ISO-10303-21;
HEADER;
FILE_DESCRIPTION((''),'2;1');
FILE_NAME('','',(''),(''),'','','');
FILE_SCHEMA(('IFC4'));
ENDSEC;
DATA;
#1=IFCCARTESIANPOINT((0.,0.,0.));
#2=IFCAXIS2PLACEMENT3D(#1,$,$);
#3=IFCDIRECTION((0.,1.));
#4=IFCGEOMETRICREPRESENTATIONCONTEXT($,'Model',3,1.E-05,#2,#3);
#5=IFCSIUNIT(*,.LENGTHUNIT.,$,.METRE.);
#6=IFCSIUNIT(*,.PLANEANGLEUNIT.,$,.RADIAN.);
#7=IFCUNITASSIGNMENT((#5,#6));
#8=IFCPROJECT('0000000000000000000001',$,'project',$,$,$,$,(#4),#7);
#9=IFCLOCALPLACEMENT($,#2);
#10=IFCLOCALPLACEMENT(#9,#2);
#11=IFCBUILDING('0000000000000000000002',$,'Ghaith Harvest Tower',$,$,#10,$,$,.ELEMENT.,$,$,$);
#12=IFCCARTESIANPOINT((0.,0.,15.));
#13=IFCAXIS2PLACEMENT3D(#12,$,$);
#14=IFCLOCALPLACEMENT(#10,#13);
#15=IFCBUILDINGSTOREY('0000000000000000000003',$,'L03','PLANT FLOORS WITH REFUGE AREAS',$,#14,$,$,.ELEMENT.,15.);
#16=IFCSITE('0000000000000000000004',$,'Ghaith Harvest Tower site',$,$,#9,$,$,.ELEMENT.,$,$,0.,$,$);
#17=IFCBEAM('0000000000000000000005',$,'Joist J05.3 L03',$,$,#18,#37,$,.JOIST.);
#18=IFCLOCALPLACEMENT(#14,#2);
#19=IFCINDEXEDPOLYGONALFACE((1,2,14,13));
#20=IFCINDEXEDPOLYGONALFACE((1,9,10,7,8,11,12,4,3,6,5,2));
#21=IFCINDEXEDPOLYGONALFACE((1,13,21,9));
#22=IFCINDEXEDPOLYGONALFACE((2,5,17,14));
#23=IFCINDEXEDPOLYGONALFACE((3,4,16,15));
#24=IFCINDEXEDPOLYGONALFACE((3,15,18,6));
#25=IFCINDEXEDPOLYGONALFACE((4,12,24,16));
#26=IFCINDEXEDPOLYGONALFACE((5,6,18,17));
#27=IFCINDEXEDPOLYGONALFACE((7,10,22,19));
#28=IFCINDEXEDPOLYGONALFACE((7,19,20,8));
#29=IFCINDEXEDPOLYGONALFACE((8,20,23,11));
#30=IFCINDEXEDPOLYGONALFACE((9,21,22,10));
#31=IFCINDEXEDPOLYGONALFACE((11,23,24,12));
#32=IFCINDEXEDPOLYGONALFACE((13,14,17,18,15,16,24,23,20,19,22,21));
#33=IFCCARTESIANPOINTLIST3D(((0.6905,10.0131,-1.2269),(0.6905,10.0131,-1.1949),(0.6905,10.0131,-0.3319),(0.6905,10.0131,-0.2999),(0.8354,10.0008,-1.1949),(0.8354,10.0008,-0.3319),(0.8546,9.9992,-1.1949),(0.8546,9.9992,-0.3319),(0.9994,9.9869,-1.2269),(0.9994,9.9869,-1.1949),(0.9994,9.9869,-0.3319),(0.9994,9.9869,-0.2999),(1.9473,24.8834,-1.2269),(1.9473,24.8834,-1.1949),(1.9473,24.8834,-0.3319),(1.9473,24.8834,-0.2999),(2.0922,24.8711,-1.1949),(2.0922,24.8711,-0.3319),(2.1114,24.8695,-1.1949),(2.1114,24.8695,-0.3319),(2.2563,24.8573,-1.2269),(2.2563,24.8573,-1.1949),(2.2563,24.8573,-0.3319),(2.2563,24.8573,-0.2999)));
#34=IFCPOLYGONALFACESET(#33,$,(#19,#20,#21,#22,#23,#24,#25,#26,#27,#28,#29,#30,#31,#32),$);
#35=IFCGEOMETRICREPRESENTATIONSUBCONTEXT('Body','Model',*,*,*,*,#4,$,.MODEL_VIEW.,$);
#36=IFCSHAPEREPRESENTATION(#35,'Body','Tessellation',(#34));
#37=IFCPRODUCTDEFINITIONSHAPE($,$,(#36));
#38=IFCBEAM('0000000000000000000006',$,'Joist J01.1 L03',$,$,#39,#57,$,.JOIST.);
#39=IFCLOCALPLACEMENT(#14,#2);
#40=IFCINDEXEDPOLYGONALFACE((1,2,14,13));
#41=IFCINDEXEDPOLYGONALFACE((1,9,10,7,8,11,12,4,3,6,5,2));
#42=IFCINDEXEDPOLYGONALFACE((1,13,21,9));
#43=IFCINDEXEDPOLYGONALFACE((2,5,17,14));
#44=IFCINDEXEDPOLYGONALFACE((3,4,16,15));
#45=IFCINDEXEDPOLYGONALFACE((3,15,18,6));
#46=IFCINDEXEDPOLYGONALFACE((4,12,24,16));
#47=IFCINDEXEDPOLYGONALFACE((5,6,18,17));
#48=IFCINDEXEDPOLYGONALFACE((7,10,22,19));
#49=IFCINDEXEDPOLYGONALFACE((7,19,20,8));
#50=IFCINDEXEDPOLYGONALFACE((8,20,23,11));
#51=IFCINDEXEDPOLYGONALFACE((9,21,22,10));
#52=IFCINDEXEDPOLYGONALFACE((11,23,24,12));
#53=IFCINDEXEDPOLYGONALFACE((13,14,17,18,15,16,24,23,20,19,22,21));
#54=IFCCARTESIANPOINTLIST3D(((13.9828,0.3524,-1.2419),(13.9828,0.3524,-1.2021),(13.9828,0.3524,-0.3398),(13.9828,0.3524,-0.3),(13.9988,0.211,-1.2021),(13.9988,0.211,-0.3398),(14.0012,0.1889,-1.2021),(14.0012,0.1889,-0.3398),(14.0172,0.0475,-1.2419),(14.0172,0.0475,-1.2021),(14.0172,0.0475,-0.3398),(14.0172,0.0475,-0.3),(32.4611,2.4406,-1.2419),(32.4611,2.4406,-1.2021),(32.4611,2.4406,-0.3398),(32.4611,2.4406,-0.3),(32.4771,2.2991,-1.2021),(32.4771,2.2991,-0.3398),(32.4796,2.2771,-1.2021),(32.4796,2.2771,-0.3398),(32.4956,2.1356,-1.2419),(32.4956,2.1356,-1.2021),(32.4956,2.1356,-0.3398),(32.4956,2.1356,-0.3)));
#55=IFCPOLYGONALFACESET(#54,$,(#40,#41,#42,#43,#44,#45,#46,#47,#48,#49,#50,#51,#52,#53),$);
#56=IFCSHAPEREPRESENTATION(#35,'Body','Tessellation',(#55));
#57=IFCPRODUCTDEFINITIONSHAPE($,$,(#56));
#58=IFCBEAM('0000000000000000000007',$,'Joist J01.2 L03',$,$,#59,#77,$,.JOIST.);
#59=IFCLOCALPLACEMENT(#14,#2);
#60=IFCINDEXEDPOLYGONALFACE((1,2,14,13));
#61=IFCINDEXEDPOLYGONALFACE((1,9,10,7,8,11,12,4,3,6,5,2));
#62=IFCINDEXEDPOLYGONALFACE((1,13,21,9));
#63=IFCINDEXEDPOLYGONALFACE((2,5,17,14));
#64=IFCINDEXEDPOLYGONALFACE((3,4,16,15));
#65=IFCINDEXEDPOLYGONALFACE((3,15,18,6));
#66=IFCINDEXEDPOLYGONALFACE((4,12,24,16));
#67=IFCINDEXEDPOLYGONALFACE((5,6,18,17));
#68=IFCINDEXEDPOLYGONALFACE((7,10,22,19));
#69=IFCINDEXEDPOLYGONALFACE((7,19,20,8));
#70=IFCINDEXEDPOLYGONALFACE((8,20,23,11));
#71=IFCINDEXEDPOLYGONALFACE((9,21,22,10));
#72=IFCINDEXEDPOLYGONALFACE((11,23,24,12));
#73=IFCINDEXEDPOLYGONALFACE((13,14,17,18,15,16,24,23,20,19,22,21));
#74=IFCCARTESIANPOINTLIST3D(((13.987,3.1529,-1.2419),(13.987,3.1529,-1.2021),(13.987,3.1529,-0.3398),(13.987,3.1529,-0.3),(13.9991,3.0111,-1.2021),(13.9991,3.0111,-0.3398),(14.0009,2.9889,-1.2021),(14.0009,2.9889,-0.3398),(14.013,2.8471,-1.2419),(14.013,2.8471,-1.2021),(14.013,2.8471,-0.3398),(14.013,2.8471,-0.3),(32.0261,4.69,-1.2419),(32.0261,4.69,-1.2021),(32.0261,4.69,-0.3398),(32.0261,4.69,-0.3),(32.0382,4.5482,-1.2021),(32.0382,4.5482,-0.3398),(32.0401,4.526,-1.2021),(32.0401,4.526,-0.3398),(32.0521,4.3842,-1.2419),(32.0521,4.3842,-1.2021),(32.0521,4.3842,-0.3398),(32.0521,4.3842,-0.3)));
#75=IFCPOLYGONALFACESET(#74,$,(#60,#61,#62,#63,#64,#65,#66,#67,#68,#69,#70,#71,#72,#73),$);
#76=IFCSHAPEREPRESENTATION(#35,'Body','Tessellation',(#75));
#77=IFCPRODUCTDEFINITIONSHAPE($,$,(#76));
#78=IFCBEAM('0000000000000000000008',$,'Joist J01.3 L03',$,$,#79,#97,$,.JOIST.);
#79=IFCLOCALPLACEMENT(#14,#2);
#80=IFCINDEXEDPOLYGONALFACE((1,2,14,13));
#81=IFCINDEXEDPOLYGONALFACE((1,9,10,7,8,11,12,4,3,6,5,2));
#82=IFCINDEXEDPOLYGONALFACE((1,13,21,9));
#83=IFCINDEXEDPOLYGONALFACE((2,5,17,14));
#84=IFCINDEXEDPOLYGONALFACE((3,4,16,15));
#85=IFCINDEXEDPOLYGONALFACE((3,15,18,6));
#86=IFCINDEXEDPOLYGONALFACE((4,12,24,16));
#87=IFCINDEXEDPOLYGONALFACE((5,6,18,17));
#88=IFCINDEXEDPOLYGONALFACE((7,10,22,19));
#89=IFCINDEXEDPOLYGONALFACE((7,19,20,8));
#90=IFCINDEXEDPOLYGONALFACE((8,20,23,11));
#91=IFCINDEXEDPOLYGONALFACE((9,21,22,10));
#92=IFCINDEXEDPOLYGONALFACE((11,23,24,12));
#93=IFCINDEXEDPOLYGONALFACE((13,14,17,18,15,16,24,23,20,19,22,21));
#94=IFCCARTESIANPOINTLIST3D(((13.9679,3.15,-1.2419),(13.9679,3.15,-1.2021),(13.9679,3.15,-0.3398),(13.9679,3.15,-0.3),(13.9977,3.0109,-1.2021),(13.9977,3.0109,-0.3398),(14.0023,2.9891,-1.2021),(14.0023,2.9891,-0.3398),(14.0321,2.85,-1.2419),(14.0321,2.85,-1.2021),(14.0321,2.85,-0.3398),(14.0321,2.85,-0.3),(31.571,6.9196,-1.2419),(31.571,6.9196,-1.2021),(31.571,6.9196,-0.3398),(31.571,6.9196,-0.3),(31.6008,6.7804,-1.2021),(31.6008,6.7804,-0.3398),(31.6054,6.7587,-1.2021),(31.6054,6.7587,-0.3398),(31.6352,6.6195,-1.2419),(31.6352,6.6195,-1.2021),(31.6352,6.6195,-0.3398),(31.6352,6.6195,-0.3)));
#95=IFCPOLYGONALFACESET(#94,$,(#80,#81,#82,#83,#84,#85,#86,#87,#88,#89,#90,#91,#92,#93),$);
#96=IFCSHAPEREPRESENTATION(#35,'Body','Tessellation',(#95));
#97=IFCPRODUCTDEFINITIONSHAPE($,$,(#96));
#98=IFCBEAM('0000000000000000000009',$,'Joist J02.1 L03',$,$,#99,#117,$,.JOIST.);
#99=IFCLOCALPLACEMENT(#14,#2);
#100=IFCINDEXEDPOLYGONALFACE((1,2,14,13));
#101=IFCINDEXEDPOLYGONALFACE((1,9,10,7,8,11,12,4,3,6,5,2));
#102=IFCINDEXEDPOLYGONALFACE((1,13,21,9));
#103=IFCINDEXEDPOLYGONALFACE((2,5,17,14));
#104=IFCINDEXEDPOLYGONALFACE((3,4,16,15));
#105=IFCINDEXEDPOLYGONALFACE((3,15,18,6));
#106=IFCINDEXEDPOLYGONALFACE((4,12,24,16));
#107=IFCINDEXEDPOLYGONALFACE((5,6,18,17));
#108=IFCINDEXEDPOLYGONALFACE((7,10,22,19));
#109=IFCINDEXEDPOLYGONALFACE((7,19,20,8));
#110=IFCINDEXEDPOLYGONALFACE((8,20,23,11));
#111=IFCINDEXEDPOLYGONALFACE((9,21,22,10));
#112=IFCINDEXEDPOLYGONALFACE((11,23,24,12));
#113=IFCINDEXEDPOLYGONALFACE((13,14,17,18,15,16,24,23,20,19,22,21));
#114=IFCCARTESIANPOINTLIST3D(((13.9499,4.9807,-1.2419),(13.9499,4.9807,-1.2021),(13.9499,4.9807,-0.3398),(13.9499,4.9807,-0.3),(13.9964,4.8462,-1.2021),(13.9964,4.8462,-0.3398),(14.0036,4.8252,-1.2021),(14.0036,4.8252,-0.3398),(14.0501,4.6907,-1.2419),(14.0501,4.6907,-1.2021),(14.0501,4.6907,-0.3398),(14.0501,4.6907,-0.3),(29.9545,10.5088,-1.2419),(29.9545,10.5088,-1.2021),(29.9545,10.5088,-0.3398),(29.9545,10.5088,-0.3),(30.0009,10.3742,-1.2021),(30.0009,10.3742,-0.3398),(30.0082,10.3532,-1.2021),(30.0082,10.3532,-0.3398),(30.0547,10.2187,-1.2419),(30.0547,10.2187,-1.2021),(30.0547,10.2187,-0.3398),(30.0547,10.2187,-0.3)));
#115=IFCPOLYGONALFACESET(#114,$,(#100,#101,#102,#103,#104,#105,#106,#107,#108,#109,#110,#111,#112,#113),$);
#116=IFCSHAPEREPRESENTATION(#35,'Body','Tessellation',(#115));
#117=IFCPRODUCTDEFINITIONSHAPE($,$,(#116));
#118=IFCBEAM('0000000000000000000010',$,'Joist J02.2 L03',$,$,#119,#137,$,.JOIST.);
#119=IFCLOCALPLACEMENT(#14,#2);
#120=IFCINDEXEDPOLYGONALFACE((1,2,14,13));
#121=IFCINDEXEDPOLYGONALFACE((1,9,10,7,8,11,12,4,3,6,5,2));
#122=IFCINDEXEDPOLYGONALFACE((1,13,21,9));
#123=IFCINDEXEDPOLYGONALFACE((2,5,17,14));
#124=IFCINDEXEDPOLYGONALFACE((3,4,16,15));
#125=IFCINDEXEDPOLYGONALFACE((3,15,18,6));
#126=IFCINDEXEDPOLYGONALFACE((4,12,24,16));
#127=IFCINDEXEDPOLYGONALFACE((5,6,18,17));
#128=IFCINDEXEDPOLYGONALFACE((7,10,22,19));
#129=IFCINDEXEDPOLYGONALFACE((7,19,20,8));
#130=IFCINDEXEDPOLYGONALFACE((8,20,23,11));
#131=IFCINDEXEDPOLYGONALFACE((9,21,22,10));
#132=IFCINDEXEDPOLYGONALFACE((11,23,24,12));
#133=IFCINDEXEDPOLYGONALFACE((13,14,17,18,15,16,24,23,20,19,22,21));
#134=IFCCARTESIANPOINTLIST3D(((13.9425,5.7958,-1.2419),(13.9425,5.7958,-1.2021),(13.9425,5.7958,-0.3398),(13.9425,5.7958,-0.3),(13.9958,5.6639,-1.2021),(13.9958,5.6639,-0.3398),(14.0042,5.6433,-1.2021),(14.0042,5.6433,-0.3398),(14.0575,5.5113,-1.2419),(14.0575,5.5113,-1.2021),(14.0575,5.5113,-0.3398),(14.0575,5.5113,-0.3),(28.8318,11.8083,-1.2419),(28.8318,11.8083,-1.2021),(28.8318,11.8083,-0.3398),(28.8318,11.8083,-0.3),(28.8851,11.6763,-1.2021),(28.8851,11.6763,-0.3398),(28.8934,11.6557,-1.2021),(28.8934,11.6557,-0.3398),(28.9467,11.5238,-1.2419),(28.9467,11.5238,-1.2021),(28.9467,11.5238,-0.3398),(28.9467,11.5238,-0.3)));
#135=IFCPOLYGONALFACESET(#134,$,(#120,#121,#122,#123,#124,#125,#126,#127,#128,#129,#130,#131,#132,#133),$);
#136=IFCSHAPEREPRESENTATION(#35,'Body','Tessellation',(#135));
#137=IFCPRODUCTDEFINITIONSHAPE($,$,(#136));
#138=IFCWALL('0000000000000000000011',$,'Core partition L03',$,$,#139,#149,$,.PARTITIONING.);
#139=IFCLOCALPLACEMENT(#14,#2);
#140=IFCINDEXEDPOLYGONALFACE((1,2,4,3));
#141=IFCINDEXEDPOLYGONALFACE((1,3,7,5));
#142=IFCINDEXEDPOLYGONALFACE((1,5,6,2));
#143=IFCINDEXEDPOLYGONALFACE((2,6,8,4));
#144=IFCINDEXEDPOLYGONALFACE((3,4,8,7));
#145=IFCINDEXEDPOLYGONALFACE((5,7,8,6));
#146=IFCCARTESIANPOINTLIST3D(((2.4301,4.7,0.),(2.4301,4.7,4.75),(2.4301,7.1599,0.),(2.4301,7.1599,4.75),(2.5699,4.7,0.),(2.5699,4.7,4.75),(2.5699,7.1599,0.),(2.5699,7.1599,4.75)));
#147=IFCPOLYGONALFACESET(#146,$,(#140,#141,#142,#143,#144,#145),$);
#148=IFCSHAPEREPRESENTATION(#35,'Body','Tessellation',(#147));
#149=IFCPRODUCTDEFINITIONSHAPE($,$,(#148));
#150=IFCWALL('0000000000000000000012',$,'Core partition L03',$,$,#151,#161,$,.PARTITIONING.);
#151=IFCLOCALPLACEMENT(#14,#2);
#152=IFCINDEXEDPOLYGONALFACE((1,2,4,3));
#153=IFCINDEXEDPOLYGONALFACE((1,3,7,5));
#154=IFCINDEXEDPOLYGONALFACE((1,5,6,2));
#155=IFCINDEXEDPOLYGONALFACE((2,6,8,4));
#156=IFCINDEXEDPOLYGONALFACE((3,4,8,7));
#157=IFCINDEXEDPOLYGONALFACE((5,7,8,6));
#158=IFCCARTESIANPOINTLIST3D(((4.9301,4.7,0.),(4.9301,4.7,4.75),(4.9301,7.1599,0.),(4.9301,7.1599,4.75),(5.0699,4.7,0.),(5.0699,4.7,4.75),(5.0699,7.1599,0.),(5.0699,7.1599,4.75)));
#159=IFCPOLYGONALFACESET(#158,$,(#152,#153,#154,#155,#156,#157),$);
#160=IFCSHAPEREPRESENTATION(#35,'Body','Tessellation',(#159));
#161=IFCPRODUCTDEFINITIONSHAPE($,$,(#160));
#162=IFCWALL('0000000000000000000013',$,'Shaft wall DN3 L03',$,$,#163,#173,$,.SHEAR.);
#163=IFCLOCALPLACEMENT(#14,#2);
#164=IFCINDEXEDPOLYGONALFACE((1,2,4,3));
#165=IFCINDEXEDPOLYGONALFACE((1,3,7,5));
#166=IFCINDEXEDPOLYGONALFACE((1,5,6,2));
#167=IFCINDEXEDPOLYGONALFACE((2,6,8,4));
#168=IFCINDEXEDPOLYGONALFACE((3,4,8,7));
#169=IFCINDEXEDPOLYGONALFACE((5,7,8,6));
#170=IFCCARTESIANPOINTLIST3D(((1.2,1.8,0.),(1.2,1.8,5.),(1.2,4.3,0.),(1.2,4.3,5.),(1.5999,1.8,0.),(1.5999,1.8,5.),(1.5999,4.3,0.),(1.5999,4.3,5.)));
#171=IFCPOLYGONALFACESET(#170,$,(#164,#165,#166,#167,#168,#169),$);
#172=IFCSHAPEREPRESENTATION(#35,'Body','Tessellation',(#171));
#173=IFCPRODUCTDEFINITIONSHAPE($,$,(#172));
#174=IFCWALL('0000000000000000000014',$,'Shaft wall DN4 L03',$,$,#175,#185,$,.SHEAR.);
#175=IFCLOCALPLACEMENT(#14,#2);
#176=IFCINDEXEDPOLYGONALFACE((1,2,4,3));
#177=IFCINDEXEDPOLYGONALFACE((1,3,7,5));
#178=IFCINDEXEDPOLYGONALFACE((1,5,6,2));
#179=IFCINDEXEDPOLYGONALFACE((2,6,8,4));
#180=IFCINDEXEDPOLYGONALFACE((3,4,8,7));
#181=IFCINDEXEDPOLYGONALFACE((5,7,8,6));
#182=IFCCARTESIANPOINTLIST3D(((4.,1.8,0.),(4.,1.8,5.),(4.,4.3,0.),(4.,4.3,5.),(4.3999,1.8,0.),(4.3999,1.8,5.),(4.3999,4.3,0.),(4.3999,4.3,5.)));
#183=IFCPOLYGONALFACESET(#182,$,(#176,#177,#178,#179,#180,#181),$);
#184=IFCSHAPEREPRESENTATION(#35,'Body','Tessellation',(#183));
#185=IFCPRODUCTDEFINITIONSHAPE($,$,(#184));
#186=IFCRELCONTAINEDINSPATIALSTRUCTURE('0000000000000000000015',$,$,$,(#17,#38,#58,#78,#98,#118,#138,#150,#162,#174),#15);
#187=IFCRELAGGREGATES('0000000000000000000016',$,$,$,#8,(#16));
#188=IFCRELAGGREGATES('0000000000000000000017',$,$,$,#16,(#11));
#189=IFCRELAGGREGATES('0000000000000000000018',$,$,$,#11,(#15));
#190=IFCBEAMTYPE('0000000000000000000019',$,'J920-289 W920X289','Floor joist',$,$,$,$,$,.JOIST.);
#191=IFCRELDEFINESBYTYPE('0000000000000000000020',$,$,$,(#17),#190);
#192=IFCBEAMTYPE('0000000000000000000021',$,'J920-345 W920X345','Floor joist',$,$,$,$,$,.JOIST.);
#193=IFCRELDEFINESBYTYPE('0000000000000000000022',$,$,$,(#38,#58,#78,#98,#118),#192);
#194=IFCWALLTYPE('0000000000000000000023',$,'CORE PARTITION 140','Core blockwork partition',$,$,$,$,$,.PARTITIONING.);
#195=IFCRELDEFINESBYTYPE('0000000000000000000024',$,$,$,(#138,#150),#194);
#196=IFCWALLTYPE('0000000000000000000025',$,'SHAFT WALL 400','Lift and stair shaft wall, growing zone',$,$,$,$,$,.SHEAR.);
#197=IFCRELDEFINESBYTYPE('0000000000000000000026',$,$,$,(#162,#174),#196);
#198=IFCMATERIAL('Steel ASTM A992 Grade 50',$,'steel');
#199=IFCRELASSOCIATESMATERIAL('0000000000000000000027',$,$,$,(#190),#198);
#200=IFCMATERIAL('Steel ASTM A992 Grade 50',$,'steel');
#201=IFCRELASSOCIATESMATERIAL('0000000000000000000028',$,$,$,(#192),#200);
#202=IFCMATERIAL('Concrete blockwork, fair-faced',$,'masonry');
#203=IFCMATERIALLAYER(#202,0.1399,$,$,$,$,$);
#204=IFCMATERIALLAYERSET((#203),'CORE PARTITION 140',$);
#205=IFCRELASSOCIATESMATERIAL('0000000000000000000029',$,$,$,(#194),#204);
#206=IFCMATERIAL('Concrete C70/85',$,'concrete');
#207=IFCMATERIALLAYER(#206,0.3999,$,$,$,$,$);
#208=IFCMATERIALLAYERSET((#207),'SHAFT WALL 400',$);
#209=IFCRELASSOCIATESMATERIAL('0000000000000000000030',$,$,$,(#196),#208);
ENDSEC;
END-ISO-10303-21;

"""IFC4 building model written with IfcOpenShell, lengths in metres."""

from ifc_helpers import new_model, si_unit, direction, frame, frame_2d, origin, origin_2d, place, context, subcontext, project, spatial, rectangle, i_section, extrude, material, layer, layer_set, material_profile, profile_set, type_object, element, save


model = new_model("IFC4")

# Units and contexts
model_context = context("Model", 3, precision=1e-05, world=origin(), true_north=direction((0.0, 1.0)))
body_context = subcontext(model_context, "Body", "Model", "MODEL_VIEW")
ifc_project = project(units=[si_unit("LENGTHUNIT", "METRE"), si_unit("PLANEANGLEUNIT", "RADIAN")], contexts=[model_context])

# Site, building, storey
site_placement = place(None, origin())
site = spatial("IfcSite", under=ifc_project, at=site_placement, Name="Ghaith Harvest Tower site", CompositionType="ELEMENT", RefElevation=0.0)
building_placement = place(site_placement, origin())
building = spatial("IfcBuilding", under=site, at=building_placement, Name="Ghaith Harvest Tower", CompositionType="ELEMENT")
storey_placement = place(building_placement, frame((0.0, 0.0, 15.0)))
storey = spatial("IfcBuildingStorey", under=building, at=storey_placement, Name="L03", Description="PLANT FLOORS WITH REFUGE AREAS", CompositionType="ELEMENT", Elevation=15.0)

# Beams
ifc_material_1 = material(Name="Steel ASTM A992 Grade 50", Category="steel")
ifc_material_profile_1 = material_profile(ifc_material_1, i_section(OverallWidth=0.3101, OverallDepth=0.927, WebThickness=0.0193, FlangeThickness=0.032, at=origin_2d()), Name="W920X289")
ifc_profile_set_1 = profile_set([ifc_material_profile_1], Name="Steel ASTM A992 Grade 50")
beam_type_1 = type_object("IfcBeamType", Name="J920-289 W920X289", Description="Floor joist", PredefinedType="JOIST", material=ifc_profile_set_1)
beam_1_placement = place(storey_placement, frame((0.845, 10.0, -0.7634), z_axis=(0.084219, 0.996447, 0.0), x_axis=(-0.996447, 0.084219, 0.0)))
element("IfcBeam", 1, at=beam_1_placement, inside=storey, type_object=beam_type_1, Name="Joist J05.3 L03", PredefinedType="JOIST", context=body_context, shape_type="SweptSolid", body=[
    extrude(i_section(OverallWidth=0.3101, OverallDepth=0.927, WebThickness=0.0193, FlangeThickness=0.032, at=origin_2d()), origin(), (0.0, 0.0, 1.0), 14.9233),
])
ifc_material_2 = material(Name="Steel ASTM A992 Grade 50", Category="steel")
ifc_material_profile_2 = material_profile(ifc_material_2, i_section(OverallWidth=0.3069, OverallDepth=0.9419, WebThickness=0.0222, FlangeThickness=0.0398, at=origin_2d()), Name="W920X345")
ifc_profile_set_2 = profile_set([ifc_material_profile_2], Name="Steel ASTM A992 Grade 50")
beam_type_2 = type_object("IfcBeamType", Name="J920-345 W920X345", Description="Floor joist", PredefinedType="JOIST", material=ifc_profile_set_2)
beam_2_placement = place(storey_placement, frame((14.0, 0.2, -0.771), z_axis=(0.993675, 0.11229, 0.0), x_axis=(-0.11229, 0.993675, 0.0)))
element("IfcBeam", 2, at=beam_2_placement, inside=storey, type_object=beam_type_2, Name="Joist J01.1 L03", PredefinedType="JOIST", context=body_context, shape_type="SweptSolid", body=[
    extrude(i_section(OverallWidth=0.3069, OverallDepth=0.9419, WebThickness=0.0222, FlangeThickness=0.0398, at=origin_2d()), origin(), (0.0, 0.0, 1.0), 18.5959),
])
beam_3_placement = place(storey_placement, frame((14.0, 3.0, -0.771), z_axis=(0.996389, 0.084902, 0.0), x_axis=(-0.084902, 0.996389, 0.0)))
element("IfcBeam", 3, at=beam_3_placement, inside=storey, type_object=beam_type_2, Name="Joist J01.2 L03", PredefinedType="JOIST", context=body_context, shape_type="SweptSolid", body=[
    extrude(i_section(OverallWidth=0.3069, OverallDepth=0.9419, WebThickness=0.0222, FlangeThickness=0.0398, at=origin_2d()), origin(), (0.0, 0.0, 1.0), 18.1045),
])
beam_4_placement = place(storey_placement, frame((14.0, 3.0, -0.771), z_axis=(0.977831, 0.209394, 0.0), x_axis=(-0.209394, 0.977831, 0.0)))
element("IfcBeam", 4, at=beam_4_placement, inside=storey, type_object=beam_type_2, Name="Joist J01.3 L03", PredefinedType="JOIST", context=body_context, shape_type="SweptSolid", body=[
    extrude(i_section(OverallWidth=0.3069, OverallDepth=0.9419, WebThickness=0.0222, FlangeThickness=0.0398, at=origin_2d()), origin(), (0.0, 0.0, 1.0), 18.0022),
])
beam_5_placement = place(storey_placement, frame((14.0, 4.8357, -0.771), z_axis=(0.945205, 0.326478, 0.0), x_axis=(-0.326478, 0.945205, 0.0)))
element("IfcBeam", 5, at=beam_5_placement, inside=storey, type_object=beam_type_2, Name="Joist J02.1 L03", PredefinedType="JOIST", context=body_context, shape_type="SweptSolid", body=[
    extrude(i_section(OverallWidth=0.3069, OverallDepth=0.9419, WebThickness=0.0222, FlangeThickness=0.0398, at=origin_2d()), origin(), (0.0, 0.0, 1.0), 16.9324),
])
beam_6_placement = place(storey_placement, frame((14.0, 5.6536, -0.771), z_axis=(0.927252, 0.374437, 0.0), x_axis=(-0.374437, 0.927252, 0.0)))
element("IfcBeam", 6, at=beam_6_placement, inside=storey, type_object=beam_type_2, Name="Joist J02.2 L03", PredefinedType="JOIST", context=body_context, shape_type="SweptSolid", body=[
    extrude(i_section(OverallWidth=0.3069, OverallDepth=0.9419, WebThickness=0.0222, FlangeThickness=0.0398, at=origin_2d()), origin(), (0.0, 0.0, 1.0), 16.0574),
])

# Walls
ifc_material_3 = material(Name="Concrete blockwork, fair-faced", Category="masonry")
ifc_layer_1 = layer(ifc_material_3, 0.1399)
ifc_layer_set_1 = layer_set([ifc_layer_1], Name="CORE PARTITION 140")
wall_type_1 = type_object("IfcWallType", Name="CORE PARTITION 140", Description="Core blockwork partition", PredefinedType="PARTITIONING", material=ifc_layer_set_1)
for number, where, z_axis, x_axis, name in (
    (7, (2.5, 4.7, 0.0), (0.0, 0.0, 1.0), (0.0, 1.0, 0.0), "Core partition L03"),
    (8, (5.0, 4.7, 0.0), (0.0, 0.0, 1.0), (0.0, 1.0, 0.0), "Core partition L03"),
):
    element("IfcWall", number, at=place(storey_placement, frame(where, z_axis=z_axis, x_axis=x_axis)), inside=storey, type_object=wall_type_1, Name=name, PredefinedType="PARTITIONING", context=body_context, shape_type="SweptSolid", body=[
        extrude(rectangle(XDim=2.46, YDim=0.1399, at=frame_2d((1.23, 0.0))), origin(), (0.0, 0.0, 1.0), 4.75),
    ])

# Shared definitions
ifc_material_4 = material(Name="Concrete C70/85", Category="concrete")
ifc_layer_2 = layer(ifc_material_4, 0.3999)
ifc_layer_set_2 = layer_set([ifc_layer_2], Name="SHAFT WALL 400")
wall_type_2 = type_object("IfcWallType", Name="SHAFT WALL 400", Description="Lift and stair shaft wall, growing zone", PredefinedType="SHEAR", material=ifc_layer_set_2)

# Walls
for number, where, z_axis, x_axis, name in (
    (9, (1.3999, 1.8, 0.0), (0.0, 0.0, 1.0), (0.0, 1.0, 0.0), "Shaft wall DN3 L03"),
    (10, (4.2, 1.8, 0.0), (0.0, 0.0, 1.0), (0.0, 1.0, 0.0), "Shaft wall DN4 L03"),
):
    element("IfcWall", number, at=place(storey_placement, frame(where, z_axis=z_axis, x_axis=x_axis)), inside=storey, type_object=wall_type_2, Name=name, PredefinedType="SHEAR", context=body_context, shape_type="SweptSolid", body=[
        extrude(rectangle(XDim=2.5, YDim=0.3999, at=frame_2d((1.25, 0.0))), origin(), (0.0, 0.0, 1.0), 5.0),
    ])

save(model, "model.ifc")
